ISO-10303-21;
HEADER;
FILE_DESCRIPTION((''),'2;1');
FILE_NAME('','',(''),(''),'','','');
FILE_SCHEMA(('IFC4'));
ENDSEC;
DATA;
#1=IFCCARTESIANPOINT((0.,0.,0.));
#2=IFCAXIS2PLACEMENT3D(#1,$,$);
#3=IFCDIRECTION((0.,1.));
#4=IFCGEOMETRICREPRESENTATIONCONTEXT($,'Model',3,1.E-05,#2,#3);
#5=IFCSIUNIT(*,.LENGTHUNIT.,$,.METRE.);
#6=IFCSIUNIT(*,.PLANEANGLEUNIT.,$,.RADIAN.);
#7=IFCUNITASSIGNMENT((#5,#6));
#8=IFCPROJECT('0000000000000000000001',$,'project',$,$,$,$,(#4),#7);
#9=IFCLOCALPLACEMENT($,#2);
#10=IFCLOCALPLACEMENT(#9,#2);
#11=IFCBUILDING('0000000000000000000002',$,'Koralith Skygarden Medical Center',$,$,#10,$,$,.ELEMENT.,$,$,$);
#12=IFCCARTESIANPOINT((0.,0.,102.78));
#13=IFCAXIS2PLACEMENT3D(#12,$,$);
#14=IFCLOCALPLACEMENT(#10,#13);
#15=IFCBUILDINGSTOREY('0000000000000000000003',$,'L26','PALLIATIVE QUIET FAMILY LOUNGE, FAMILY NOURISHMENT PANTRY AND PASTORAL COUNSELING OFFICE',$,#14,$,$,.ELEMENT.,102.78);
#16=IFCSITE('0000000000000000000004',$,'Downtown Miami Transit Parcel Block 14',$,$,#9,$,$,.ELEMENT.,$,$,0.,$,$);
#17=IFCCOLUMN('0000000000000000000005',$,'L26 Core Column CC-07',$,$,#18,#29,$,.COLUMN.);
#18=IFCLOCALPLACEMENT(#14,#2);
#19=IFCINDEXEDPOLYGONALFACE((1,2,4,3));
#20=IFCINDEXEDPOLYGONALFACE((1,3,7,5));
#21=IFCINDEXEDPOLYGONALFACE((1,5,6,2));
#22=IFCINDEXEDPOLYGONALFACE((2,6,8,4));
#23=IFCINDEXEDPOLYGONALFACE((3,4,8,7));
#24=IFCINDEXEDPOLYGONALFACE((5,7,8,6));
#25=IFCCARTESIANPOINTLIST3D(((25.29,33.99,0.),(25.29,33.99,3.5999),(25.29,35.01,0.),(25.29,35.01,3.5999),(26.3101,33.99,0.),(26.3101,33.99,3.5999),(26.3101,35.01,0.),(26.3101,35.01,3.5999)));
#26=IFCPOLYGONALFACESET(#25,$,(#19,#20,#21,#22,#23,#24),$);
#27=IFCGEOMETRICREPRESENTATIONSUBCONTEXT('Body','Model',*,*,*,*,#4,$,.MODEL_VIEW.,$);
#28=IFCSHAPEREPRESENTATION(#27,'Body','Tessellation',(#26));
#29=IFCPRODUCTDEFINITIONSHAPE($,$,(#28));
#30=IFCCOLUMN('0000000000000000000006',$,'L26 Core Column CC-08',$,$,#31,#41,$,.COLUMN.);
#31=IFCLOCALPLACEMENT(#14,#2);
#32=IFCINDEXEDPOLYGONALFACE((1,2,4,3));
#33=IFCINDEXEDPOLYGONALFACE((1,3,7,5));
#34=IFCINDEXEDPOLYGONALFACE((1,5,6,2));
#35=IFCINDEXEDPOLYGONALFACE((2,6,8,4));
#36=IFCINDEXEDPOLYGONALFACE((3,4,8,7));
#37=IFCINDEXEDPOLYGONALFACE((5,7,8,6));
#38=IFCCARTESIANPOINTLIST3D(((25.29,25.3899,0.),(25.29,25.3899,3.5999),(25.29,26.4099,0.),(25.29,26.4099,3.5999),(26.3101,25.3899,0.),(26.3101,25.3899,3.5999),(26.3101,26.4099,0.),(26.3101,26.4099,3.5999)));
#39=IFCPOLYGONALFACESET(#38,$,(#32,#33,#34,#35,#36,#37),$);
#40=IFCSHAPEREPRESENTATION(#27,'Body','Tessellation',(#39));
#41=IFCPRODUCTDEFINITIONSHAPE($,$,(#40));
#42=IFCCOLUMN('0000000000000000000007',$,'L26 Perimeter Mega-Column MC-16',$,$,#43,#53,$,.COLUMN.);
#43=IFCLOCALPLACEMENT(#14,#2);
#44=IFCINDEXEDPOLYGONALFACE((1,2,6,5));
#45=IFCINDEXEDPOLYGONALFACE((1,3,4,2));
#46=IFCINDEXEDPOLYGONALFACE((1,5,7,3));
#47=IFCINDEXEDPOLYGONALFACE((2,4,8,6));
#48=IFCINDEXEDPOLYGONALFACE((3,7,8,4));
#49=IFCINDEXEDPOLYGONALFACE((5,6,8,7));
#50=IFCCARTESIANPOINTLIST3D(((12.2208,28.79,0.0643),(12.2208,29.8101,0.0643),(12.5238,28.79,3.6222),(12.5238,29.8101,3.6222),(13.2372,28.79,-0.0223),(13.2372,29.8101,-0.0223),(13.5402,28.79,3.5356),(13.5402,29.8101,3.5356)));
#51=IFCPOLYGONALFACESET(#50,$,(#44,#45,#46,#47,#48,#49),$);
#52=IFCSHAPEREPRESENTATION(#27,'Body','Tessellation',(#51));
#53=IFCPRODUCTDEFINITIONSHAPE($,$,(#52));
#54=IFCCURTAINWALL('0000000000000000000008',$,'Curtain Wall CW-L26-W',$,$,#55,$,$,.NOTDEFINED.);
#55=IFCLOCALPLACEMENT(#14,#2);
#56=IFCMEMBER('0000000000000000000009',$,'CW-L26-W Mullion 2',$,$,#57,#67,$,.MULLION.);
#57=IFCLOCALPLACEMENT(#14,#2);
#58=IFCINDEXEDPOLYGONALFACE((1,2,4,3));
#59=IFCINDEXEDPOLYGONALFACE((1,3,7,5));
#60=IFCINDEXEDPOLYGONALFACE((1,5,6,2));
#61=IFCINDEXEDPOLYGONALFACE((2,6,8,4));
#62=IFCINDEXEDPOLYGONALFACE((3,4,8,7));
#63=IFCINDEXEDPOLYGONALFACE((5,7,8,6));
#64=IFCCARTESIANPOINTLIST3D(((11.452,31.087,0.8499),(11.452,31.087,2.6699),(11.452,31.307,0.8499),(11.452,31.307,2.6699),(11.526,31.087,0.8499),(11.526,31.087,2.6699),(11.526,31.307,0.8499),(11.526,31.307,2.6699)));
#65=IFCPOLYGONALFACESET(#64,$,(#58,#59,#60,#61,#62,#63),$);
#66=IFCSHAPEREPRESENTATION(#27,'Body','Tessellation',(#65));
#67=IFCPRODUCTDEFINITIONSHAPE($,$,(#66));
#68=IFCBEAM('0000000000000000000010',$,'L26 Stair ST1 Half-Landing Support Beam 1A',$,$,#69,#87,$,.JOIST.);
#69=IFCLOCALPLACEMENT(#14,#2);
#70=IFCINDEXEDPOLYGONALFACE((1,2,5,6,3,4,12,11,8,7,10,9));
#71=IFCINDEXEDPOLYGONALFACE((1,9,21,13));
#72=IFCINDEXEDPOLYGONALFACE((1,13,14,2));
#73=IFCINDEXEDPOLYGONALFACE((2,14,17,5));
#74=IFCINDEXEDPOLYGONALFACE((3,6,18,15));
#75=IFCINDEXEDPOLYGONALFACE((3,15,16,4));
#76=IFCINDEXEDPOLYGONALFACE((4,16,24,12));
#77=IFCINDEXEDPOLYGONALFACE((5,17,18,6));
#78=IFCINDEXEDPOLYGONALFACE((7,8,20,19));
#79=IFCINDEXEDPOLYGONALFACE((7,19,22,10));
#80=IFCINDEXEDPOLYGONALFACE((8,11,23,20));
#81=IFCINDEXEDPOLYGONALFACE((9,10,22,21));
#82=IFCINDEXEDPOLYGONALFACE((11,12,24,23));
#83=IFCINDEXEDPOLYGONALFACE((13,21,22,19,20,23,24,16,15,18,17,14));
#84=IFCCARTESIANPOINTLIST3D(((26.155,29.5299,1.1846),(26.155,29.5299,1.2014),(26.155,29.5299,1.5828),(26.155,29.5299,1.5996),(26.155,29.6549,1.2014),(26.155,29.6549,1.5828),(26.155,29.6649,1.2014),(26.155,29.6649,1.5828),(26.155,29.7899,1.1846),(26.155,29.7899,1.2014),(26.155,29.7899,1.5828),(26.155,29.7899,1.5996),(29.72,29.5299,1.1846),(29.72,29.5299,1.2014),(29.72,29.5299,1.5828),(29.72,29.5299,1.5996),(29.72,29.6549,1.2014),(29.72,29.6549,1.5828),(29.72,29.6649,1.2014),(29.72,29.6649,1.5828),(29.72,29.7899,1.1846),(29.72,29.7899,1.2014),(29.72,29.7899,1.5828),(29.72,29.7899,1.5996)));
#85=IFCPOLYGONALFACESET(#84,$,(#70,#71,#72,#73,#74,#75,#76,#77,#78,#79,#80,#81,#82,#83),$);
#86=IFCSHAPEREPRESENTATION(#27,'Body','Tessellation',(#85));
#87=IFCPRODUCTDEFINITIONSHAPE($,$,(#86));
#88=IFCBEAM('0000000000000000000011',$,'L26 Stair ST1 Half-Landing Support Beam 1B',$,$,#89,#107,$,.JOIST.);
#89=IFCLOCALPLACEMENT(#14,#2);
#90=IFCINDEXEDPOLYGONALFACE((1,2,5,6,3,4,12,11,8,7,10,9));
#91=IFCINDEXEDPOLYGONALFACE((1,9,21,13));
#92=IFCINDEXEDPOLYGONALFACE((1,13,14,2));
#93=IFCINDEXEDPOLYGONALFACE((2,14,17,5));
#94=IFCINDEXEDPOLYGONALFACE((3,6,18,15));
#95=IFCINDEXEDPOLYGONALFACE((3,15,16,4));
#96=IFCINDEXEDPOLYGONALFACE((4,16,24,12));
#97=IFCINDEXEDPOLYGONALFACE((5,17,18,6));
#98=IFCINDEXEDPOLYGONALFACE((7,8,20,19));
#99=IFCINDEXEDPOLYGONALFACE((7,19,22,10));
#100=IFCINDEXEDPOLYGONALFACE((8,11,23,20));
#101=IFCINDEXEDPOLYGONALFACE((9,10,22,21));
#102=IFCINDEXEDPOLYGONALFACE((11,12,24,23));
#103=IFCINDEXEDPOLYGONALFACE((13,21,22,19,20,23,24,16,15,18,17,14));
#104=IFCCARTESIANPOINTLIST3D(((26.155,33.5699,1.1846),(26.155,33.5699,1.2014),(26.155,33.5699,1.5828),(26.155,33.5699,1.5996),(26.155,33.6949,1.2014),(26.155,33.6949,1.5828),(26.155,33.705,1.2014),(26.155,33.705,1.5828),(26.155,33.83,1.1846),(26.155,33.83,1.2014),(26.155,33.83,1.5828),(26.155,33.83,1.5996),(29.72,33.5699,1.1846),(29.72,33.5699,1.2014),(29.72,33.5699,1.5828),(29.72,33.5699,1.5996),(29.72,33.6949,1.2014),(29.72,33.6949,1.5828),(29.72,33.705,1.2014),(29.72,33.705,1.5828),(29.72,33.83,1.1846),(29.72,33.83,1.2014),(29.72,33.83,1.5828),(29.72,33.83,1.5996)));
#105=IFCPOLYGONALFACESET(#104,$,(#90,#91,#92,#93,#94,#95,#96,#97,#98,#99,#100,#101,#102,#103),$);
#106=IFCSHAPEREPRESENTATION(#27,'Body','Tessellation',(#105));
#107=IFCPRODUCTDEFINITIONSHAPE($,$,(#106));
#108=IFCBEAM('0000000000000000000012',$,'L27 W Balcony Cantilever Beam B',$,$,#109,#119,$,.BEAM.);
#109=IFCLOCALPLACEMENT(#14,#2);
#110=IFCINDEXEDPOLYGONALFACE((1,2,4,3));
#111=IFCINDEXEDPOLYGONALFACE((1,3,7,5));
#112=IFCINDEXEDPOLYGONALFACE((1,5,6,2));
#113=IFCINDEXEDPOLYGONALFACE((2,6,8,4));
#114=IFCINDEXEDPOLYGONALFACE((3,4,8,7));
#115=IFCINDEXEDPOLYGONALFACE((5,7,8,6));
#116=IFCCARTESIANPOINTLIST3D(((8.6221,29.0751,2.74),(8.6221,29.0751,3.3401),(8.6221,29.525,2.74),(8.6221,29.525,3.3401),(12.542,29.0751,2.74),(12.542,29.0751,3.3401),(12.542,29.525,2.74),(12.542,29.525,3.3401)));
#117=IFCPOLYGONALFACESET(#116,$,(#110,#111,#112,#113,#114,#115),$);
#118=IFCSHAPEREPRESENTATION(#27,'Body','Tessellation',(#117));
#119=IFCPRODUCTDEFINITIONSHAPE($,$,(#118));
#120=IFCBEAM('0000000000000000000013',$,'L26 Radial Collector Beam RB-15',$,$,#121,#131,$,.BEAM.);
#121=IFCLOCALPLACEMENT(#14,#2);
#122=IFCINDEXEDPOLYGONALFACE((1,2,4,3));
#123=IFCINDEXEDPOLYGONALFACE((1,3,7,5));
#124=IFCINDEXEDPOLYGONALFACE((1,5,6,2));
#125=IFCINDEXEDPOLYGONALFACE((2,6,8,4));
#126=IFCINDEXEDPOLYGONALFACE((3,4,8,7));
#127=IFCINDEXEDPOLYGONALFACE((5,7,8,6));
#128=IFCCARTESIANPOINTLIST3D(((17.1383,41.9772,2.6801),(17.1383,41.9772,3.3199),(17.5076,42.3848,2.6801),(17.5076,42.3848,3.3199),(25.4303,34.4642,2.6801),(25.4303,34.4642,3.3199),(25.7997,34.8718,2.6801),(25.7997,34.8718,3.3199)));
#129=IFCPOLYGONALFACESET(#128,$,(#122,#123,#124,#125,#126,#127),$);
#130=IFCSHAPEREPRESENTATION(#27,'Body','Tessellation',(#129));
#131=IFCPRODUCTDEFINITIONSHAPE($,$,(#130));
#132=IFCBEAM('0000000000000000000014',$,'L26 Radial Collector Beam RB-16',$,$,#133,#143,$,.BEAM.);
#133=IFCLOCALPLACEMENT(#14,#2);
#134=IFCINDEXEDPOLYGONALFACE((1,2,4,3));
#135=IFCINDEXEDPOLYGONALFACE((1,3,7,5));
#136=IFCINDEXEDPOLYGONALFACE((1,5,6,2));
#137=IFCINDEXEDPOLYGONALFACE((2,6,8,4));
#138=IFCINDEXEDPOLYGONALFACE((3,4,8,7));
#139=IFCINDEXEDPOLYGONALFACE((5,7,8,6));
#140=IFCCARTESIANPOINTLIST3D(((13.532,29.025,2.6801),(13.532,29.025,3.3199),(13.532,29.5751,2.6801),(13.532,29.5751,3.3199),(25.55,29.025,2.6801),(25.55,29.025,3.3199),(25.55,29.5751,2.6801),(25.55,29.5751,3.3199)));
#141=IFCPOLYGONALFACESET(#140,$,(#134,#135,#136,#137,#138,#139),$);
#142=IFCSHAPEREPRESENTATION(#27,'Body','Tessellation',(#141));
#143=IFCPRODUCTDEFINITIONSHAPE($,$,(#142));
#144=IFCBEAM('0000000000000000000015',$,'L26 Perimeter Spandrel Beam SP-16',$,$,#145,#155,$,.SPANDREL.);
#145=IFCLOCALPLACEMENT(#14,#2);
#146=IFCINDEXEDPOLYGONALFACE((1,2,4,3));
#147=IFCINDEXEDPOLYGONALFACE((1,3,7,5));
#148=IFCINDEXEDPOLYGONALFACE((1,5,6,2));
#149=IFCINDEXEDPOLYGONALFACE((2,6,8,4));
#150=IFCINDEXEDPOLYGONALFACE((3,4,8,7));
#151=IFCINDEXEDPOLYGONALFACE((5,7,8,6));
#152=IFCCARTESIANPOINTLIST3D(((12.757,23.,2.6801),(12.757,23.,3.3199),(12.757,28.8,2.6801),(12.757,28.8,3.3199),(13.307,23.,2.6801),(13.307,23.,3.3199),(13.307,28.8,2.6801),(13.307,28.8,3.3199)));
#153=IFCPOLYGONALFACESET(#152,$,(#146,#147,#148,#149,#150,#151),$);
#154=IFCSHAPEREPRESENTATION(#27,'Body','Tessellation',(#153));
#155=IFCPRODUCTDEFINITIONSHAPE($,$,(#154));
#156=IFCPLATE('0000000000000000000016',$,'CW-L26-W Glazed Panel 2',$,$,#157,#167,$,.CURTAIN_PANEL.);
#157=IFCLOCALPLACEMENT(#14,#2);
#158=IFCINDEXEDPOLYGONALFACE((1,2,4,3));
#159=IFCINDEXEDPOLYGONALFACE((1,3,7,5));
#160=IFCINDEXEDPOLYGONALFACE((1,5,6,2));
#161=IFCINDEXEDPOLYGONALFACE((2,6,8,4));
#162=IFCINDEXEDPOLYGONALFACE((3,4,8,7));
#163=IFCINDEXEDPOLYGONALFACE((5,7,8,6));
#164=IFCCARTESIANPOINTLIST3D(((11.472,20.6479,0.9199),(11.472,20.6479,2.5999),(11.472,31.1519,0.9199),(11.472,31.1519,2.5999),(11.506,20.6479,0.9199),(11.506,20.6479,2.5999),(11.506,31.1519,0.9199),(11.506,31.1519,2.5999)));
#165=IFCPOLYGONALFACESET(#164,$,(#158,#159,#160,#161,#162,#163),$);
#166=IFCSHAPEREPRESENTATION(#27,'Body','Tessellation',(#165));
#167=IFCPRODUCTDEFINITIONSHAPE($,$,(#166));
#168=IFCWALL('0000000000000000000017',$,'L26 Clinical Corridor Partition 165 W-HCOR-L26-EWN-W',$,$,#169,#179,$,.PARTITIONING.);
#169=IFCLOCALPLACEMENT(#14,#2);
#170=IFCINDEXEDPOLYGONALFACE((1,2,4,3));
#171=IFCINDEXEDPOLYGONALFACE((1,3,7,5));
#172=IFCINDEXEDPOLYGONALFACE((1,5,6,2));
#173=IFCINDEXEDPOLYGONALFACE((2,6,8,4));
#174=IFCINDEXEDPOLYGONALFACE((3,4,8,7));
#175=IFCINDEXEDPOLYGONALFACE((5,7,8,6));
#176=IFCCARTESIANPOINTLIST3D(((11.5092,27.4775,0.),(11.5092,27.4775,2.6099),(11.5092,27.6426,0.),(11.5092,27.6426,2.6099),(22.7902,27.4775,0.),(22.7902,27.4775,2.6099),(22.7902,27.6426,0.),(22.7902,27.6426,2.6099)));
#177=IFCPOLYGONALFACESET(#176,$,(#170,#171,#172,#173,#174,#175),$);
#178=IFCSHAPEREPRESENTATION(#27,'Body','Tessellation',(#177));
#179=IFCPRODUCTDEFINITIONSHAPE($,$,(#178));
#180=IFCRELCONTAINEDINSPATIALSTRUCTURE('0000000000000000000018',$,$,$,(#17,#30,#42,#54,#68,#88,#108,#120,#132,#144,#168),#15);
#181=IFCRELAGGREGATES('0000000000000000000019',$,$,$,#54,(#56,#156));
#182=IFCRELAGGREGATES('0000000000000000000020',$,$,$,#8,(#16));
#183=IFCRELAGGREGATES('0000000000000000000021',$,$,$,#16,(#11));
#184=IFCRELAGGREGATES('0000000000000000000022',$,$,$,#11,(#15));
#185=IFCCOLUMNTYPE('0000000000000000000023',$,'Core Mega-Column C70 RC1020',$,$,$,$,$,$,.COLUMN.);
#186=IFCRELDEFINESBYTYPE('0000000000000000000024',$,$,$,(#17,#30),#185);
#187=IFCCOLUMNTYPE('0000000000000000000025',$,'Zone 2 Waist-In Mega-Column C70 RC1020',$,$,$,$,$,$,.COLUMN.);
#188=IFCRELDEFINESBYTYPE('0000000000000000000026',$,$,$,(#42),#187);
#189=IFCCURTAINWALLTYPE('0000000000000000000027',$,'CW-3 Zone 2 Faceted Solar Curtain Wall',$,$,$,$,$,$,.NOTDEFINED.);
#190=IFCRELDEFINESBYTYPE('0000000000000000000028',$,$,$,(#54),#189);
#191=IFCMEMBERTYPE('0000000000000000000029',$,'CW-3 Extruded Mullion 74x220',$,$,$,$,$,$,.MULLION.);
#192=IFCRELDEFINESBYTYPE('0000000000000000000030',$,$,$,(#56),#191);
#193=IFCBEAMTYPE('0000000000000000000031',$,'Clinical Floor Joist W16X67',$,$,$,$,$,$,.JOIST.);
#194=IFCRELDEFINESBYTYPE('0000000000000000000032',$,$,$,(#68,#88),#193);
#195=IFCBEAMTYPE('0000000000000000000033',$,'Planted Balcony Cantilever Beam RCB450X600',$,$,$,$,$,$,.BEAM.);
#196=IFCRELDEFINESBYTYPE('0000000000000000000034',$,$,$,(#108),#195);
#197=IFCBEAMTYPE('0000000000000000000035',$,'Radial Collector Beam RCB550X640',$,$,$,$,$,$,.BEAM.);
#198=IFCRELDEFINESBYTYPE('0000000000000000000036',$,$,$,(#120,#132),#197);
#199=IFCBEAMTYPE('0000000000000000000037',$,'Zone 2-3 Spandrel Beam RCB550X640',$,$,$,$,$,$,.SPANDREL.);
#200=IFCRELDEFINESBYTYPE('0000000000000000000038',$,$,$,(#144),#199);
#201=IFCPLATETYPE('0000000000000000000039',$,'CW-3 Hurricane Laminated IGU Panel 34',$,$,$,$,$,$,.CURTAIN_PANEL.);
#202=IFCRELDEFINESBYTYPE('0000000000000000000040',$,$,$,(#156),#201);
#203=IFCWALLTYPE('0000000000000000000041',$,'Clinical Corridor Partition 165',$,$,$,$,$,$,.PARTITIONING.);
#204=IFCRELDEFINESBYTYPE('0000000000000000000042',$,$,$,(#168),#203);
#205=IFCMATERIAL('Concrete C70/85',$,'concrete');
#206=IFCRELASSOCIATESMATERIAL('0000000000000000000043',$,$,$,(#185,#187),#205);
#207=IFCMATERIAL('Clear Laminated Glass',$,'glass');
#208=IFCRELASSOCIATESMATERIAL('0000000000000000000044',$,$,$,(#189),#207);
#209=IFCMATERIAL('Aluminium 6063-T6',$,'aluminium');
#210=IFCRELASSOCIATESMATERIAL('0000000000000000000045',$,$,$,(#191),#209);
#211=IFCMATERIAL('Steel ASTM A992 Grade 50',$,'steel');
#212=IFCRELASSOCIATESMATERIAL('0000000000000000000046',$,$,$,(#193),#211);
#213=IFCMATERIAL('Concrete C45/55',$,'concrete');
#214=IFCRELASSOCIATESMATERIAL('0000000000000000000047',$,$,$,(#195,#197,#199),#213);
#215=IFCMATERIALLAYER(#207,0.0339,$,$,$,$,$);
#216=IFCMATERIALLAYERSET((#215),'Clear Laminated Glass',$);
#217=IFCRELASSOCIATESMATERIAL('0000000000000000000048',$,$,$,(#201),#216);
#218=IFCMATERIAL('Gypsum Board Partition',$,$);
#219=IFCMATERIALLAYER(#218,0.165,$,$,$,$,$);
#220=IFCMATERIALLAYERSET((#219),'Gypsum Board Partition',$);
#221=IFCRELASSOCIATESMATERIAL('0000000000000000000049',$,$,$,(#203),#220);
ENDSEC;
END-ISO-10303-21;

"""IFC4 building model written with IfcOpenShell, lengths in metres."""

from ifc_helpers import new_model, si_unit, direction, frame, frame_2d, origin, origin_2d, place, context, subcontext, project, spatial, rectangle, i_section, extrude, material, layer, layer_set, material_profile, profile_set, type_object, element, aggregate, save


model = new_model("IFC4")

# Units and contexts
model_context = context("Model", 3, precision=1e-05, world=origin(), true_north=direction((0.0, 1.0)))
body_context = subcontext(model_context, "Body", "Model", "MODEL_VIEW")
ifc_project = project(units=[si_unit("LENGTHUNIT", "METRE"), si_unit("PLANEANGLEUNIT", "RADIAN")], contexts=[model_context])

# Site, building, storey
site_placement = place(None, origin())
site = spatial("IfcSite", under=ifc_project, at=site_placement, Name="Downtown Miami Transit Parcel Block 14", CompositionType="ELEMENT", RefElevation=0.0)
building_placement = place(site_placement, origin())
building = spatial("IfcBuilding", under=site, at=building_placement, Name="Koralith Skygarden Medical Center", CompositionType="ELEMENT")
storey_placement = place(building_placement, frame((0.0, 0.0, 102.78)))
storey = spatial("IfcBuildingStorey", under=building, at=storey_placement, Name="L26", Description="PALLIATIVE QUIET FAMILY LOUNGE, FAMILY NOURISHMENT PANTRY AND PASTORAL COUNSELING OFFICE", CompositionType="ELEMENT", Elevation=102.78)

# Columns
ifc_material_1 = material(Name="Concrete C70/85", Category="concrete")
ifc_material_profile_1 = material_profile(ifc_material_1, rectangle(XDim=1.02, YDim=1.02, at=origin_2d()), Name="RC1020X1020")
ifc_profile_set_1 = profile_set([ifc_material_profile_1], Name="Concrete C70/85")
column_type_1 = type_object("IfcColumnType", Name="Core Mega-Column C70 RC1020", PredefinedType="COLUMN", material=ifc_profile_set_1)
for number, where, z_axis, x_axis, name in (
    (1, (25.8, 34.5, 0.0), (0.0, 0.0, 1.0), (1.0, 0.0, 0.0), "L26 Core Column CC-07"),
    (2, (25.8, 25.8999, 0.0), (0.0, 0.0, 1.0), (1.0, 0.0, 0.0), "L26 Core Column CC-08"),
):
    element("IfcColumn", number, at=place(storey_placement, frame(where, z_axis=z_axis, x_axis=x_axis)), inside=storey, type_object=column_type_1, Name=name, PredefinedType="COLUMN", context=body_context, shape_type="SweptSolid", body=[
        extrude(rectangle(XDim=1.02, YDim=1.02, at=origin_2d()), origin(), (0.0, 0.0, 1.0), 3.5999),
    ])
ifc_material_profile_2 = material_profile(ifc_material_1, rectangle(XDim=1.02, YDim=1.02, at=origin_2d()), Name="RC1020X1020")
ifc_profile_set_2 = profile_set([ifc_material_profile_2], Name="Concrete C70/85")
column_type_2 = type_object("IfcColumnType", Name="Zone 2 Waist-In Mega-Column C70 RC1020", PredefinedType="COLUMN", material=ifc_profile_set_2)
column_placement = place(storey_placement, frame((12.729, 29.3, 0.021), z_axis=(0.08485, 0.0, 0.996394), x_axis=(0.0, 1.0, 0.0)))
element("IfcColumn", 3, at=column_placement, inside=storey, type_object=column_type_2, Name="L26 Perimeter Mega-Column MC-16", PredefinedType="COLUMN", context=body_context, shape_type="SweptSolid", body=[
    extrude(rectangle(XDim=1.02, YDim=1.02, at=origin_2d()), origin(), (0.0, 0.0, 1.0), 3.5708),
])

# Curtain wall, member
ifc_material_2 = material(Name="Clear Laminated Glass", Category="glass")
curtain_wall_type = type_object("IfcCurtainWallType", Name="CW-3 Zone 2 Faceted Solar Curtain Wall", PredefinedType="NOTDEFINED", material=ifc_material_2)
curtain_wall_placement = place(storey_placement, origin())
curtain_wall = element("IfcCurtainWall", 4, at=curtain_wall_placement, inside=storey, type_object=curtain_wall_type, Name="Curtain Wall CW-L26-W", PredefinedType="NOTDEFINED")
ifc_material_3 = material(Name="Aluminium 6063-T6", Category="aluminium")
ifc_material_profile_3 = material_profile(ifc_material_3, rectangle(XDim=0.074, YDim=0.22, at=origin_2d()), Name="MUL74X220")
ifc_profile_set_3 = profile_set([ifc_material_profile_3], Name="Aluminium 6063-T6")
member_type = type_object("IfcMemberType", Name="CW-3 Extruded Mullion 74x220", PredefinedType="MULLION", material=ifc_profile_set_3)
member_placement = place(storey_placement, frame((11.489, 31.197, 0.8499), z_axis=(0.0, 0.0, 1.0), x_axis=(1.0, 0.0, 0.0)))
member = element("IfcMember", 5, at=member_placement, type_object=member_type, Name="CW-L26-W Mullion 2", PredefinedType="MULLION", context=body_context, shape_type="SweptSolid", body=[
    extrude(rectangle(XDim=0.074, YDim=0.22, at=origin_2d()), origin(), (0.0, 0.0, 1.0), 1.8201),
])

# Beams
ifc_material_4 = material(Name="Steel ASTM A992 Grade 50", Category="steel")
ifc_material_profile_4 = material_profile(ifc_material_4, i_section(OverallWidth=0.26, OverallDepth=0.415, WebThickness=0.01, FlangeThickness=0.0168, at=origin_2d()), Name="W16X67")
ifc_profile_set_4 = profile_set([ifc_material_profile_4], Name="Steel ASTM A992 Grade 50")
beam_type_1 = type_object("IfcBeamType", Name="Clinical Floor Joist W16X67", PredefinedType="JOIST", material=ifc_profile_set_4)
for number, where, z_axis, x_axis, name in (
    (6, (26.155, 29.6599, 1.3921), (1.0, 0.0, 0.0), (0.0, 1.0, 0.0), "L26 Stair ST1 Half-Landing Support Beam 1A"),
    (7, (26.155, 33.7, 1.3921), (1.0, 0.0, 0.0), (0.0, 1.0, 0.0), "L26 Stair ST1 Half-Landing Support Beam 1B"),
):
    element("IfcBeam", number, at=place(storey_placement, frame(where, z_axis=z_axis, x_axis=x_axis)), inside=storey, type_object=beam_type_1, Name=name, PredefinedType="JOIST", context=body_context, shape_type="SweptSolid", body=[
        extrude(i_section(OverallWidth=0.26, OverallDepth=0.415, WebThickness=0.01, FlangeThickness=0.0168, at=origin_2d()), origin(), (0.0, 0.0, 1.0), 3.5649),
    ])
ifc_material_5 = material(Name="Concrete C45/55", Category="concrete")
ifc_material_profile_5 = material_profile(ifc_material_5, rectangle(XDim=0.45, YDim=0.6001, at=origin_2d()), Name="RCB450X600")
ifc_profile_set_5 = profile_set([ifc_material_profile_5], Name="Concrete C45/55")
beam_type_2 = type_object("IfcBeamType", Name="Planted Balcony Cantilever Beam RCB450X600", PredefinedType="BEAM", material=ifc_profile_set_5)
beam_1_placement = place(storey_placement, frame((12.542, 29.3, 3.04), z_axis=(-1.0, 0.0, 0.0), x_axis=(0.0, -1.0, 0.0)))
element("IfcBeam", 8, at=beam_1_placement, inside=storey, type_object=beam_type_2, Name="L27 W Balcony Cantilever Beam B", PredefinedType="BEAM", context=body_context, shape_type="SweptSolid", body=[
    extrude(rectangle(XDim=0.45, YDim=0.6001, at=origin_2d()), origin(), (0.0, 0.0, 1.0), 3.9199),
])
ifc_material_profile_6 = material_profile(ifc_material_5, rectangle(XDim=0.55, YDim=0.6399, at=origin_2d()), Name="RCB550X640")
ifc_profile_set_6 = profile_set([ifc_material_profile_6], Name="Concrete C45/55")
beam_type_3 = type_object("IfcBeamType", Name="Radial Collector Beam RCB550X640", PredefinedType="BEAM", material=ifc_profile_set_6)
beam_2_placement = place(storey_placement, frame((25.615, 34.668, 3.0), z_axis=(-0.741062, 0.671437, 0.0), x_axis=(-0.671437, -0.741062, 0.0)))
element("IfcBeam", 9, at=beam_2_placement, inside=storey, type_object=beam_type_3, Name="L26 Radial Collector Beam RB-15", PredefinedType="BEAM", context=body_context, shape_type="SweptSolid", body=[
    extrude(rectangle(XDim=0.55, YDim=0.6399, at=origin_2d()), origin(), (0.0, 0.0, 1.0), 11.1895),
])
beam_3_placement = place(storey_placement, frame((25.55, 29.3, 3.0), z_axis=(-1.0, 0.0, 0.0), x_axis=(0.0, -1.0, 0.0)))
element("IfcBeam", 10, at=beam_3_placement, inside=storey, type_object=beam_type_3, Name="L26 Radial Collector Beam RB-16", PredefinedType="BEAM", context=body_context, shape_type="SweptSolid", body=[
    extrude(rectangle(XDim=0.55, YDim=0.6399, at=origin_2d()), origin(), (0.0, 0.0, 1.0), 12.0181),
])
ifc_material_profile_7 = material_profile(ifc_material_5, rectangle(XDim=0.55, YDim=0.6399, at=origin_2d()), Name="RCB550X640")
ifc_profile_set_7 = profile_set([ifc_material_profile_7], Name="Concrete C45/55")
beam_type_4 = type_object("IfcBeamType", Name="Zone 2-3 Spandrel Beam RCB550X640", PredefinedType="SPANDREL", material=ifc_profile_set_7)
beam_4_placement = place(storey_placement, frame((13.032, 28.8, 3.0), z_axis=(0.0, -1.0, 0.0), x_axis=(1.0, 0.0, 0.0)))
element("IfcBeam", 11, at=beam_4_placement, inside=storey, type_object=beam_type_4, Name="L26 Perimeter Spandrel Beam SP-16", PredefinedType="SPANDREL", context=body_context, shape_type="SweptSolid", body=[
    extrude(rectangle(XDim=0.55, YDim=0.6399, at=origin_2d()), origin(), (0.0, 0.0, 1.0), 5.8),
])

# Plate
ifc_layer_1 = layer(ifc_material_2, 0.0339)
ifc_layer_set_1 = layer_set([ifc_layer_1], Name="Clear Laminated Glass")
plate_type = type_object("IfcPlateType", Name="CW-3 Hurricane Laminated IGU Panel 34", PredefinedType="CURTAIN_PANEL", material=ifc_layer_set_1)
plate_placement = place(storey_placement, frame((11.489, 25.8999, 0.9199), z_axis=(0.0, 0.0, 1.0), x_axis=(0.0, -1.0, 0.0)))
plate = element("IfcPlate", 12, at=plate_placement, type_object=plate_type, Name="CW-L26-W Glazed Panel 2", PredefinedType="CURTAIN_PANEL", context=body_context, shape_type="SweptSolid", body=[
    extrude(rectangle(XDim=10.5039, YDim=0.0339, at=origin_2d()), origin(), (0.0, 0.0, 1.0), 1.6799),
])
aggregate(curtain_wall, [member, plate])

# Wall
ifc_material_6 = material(Name="Gypsum Board Partition")
ifc_layer_2 = layer(ifc_material_6, 0.165)
ifc_layer_set_2 = layer_set([ifc_layer_2], Name="Gypsum Board Partition")
wall_type_1 = type_object("IfcWallType", Name="Clinical Corridor Partition 165", PredefinedType="PARTITIONING", material=ifc_layer_set_2)
wall_1_placement = place(storey_placement, frame((11.509, 27.5601, 0.0), z_axis=(0.0, 0.0, 1.0), x_axis=(1.0, 0.0, 0.0)))
element("IfcWall", 13, at=wall_1_placement, inside=storey, type_object=wall_type_1, Name="L26 Clinical Corridor Partition 165 W-HCOR-L26-EWN-W", PredefinedType="PARTITIONING", context=body_context, shape_type="SweptSolid", body=[
    extrude(rectangle(XDim=11.281, YDim=0.165, at=frame_2d((5.6406, 0.0))), origin(), (0.0, 0.0, 1.0), 2.6099),
])

save(model, "model.ifc")
